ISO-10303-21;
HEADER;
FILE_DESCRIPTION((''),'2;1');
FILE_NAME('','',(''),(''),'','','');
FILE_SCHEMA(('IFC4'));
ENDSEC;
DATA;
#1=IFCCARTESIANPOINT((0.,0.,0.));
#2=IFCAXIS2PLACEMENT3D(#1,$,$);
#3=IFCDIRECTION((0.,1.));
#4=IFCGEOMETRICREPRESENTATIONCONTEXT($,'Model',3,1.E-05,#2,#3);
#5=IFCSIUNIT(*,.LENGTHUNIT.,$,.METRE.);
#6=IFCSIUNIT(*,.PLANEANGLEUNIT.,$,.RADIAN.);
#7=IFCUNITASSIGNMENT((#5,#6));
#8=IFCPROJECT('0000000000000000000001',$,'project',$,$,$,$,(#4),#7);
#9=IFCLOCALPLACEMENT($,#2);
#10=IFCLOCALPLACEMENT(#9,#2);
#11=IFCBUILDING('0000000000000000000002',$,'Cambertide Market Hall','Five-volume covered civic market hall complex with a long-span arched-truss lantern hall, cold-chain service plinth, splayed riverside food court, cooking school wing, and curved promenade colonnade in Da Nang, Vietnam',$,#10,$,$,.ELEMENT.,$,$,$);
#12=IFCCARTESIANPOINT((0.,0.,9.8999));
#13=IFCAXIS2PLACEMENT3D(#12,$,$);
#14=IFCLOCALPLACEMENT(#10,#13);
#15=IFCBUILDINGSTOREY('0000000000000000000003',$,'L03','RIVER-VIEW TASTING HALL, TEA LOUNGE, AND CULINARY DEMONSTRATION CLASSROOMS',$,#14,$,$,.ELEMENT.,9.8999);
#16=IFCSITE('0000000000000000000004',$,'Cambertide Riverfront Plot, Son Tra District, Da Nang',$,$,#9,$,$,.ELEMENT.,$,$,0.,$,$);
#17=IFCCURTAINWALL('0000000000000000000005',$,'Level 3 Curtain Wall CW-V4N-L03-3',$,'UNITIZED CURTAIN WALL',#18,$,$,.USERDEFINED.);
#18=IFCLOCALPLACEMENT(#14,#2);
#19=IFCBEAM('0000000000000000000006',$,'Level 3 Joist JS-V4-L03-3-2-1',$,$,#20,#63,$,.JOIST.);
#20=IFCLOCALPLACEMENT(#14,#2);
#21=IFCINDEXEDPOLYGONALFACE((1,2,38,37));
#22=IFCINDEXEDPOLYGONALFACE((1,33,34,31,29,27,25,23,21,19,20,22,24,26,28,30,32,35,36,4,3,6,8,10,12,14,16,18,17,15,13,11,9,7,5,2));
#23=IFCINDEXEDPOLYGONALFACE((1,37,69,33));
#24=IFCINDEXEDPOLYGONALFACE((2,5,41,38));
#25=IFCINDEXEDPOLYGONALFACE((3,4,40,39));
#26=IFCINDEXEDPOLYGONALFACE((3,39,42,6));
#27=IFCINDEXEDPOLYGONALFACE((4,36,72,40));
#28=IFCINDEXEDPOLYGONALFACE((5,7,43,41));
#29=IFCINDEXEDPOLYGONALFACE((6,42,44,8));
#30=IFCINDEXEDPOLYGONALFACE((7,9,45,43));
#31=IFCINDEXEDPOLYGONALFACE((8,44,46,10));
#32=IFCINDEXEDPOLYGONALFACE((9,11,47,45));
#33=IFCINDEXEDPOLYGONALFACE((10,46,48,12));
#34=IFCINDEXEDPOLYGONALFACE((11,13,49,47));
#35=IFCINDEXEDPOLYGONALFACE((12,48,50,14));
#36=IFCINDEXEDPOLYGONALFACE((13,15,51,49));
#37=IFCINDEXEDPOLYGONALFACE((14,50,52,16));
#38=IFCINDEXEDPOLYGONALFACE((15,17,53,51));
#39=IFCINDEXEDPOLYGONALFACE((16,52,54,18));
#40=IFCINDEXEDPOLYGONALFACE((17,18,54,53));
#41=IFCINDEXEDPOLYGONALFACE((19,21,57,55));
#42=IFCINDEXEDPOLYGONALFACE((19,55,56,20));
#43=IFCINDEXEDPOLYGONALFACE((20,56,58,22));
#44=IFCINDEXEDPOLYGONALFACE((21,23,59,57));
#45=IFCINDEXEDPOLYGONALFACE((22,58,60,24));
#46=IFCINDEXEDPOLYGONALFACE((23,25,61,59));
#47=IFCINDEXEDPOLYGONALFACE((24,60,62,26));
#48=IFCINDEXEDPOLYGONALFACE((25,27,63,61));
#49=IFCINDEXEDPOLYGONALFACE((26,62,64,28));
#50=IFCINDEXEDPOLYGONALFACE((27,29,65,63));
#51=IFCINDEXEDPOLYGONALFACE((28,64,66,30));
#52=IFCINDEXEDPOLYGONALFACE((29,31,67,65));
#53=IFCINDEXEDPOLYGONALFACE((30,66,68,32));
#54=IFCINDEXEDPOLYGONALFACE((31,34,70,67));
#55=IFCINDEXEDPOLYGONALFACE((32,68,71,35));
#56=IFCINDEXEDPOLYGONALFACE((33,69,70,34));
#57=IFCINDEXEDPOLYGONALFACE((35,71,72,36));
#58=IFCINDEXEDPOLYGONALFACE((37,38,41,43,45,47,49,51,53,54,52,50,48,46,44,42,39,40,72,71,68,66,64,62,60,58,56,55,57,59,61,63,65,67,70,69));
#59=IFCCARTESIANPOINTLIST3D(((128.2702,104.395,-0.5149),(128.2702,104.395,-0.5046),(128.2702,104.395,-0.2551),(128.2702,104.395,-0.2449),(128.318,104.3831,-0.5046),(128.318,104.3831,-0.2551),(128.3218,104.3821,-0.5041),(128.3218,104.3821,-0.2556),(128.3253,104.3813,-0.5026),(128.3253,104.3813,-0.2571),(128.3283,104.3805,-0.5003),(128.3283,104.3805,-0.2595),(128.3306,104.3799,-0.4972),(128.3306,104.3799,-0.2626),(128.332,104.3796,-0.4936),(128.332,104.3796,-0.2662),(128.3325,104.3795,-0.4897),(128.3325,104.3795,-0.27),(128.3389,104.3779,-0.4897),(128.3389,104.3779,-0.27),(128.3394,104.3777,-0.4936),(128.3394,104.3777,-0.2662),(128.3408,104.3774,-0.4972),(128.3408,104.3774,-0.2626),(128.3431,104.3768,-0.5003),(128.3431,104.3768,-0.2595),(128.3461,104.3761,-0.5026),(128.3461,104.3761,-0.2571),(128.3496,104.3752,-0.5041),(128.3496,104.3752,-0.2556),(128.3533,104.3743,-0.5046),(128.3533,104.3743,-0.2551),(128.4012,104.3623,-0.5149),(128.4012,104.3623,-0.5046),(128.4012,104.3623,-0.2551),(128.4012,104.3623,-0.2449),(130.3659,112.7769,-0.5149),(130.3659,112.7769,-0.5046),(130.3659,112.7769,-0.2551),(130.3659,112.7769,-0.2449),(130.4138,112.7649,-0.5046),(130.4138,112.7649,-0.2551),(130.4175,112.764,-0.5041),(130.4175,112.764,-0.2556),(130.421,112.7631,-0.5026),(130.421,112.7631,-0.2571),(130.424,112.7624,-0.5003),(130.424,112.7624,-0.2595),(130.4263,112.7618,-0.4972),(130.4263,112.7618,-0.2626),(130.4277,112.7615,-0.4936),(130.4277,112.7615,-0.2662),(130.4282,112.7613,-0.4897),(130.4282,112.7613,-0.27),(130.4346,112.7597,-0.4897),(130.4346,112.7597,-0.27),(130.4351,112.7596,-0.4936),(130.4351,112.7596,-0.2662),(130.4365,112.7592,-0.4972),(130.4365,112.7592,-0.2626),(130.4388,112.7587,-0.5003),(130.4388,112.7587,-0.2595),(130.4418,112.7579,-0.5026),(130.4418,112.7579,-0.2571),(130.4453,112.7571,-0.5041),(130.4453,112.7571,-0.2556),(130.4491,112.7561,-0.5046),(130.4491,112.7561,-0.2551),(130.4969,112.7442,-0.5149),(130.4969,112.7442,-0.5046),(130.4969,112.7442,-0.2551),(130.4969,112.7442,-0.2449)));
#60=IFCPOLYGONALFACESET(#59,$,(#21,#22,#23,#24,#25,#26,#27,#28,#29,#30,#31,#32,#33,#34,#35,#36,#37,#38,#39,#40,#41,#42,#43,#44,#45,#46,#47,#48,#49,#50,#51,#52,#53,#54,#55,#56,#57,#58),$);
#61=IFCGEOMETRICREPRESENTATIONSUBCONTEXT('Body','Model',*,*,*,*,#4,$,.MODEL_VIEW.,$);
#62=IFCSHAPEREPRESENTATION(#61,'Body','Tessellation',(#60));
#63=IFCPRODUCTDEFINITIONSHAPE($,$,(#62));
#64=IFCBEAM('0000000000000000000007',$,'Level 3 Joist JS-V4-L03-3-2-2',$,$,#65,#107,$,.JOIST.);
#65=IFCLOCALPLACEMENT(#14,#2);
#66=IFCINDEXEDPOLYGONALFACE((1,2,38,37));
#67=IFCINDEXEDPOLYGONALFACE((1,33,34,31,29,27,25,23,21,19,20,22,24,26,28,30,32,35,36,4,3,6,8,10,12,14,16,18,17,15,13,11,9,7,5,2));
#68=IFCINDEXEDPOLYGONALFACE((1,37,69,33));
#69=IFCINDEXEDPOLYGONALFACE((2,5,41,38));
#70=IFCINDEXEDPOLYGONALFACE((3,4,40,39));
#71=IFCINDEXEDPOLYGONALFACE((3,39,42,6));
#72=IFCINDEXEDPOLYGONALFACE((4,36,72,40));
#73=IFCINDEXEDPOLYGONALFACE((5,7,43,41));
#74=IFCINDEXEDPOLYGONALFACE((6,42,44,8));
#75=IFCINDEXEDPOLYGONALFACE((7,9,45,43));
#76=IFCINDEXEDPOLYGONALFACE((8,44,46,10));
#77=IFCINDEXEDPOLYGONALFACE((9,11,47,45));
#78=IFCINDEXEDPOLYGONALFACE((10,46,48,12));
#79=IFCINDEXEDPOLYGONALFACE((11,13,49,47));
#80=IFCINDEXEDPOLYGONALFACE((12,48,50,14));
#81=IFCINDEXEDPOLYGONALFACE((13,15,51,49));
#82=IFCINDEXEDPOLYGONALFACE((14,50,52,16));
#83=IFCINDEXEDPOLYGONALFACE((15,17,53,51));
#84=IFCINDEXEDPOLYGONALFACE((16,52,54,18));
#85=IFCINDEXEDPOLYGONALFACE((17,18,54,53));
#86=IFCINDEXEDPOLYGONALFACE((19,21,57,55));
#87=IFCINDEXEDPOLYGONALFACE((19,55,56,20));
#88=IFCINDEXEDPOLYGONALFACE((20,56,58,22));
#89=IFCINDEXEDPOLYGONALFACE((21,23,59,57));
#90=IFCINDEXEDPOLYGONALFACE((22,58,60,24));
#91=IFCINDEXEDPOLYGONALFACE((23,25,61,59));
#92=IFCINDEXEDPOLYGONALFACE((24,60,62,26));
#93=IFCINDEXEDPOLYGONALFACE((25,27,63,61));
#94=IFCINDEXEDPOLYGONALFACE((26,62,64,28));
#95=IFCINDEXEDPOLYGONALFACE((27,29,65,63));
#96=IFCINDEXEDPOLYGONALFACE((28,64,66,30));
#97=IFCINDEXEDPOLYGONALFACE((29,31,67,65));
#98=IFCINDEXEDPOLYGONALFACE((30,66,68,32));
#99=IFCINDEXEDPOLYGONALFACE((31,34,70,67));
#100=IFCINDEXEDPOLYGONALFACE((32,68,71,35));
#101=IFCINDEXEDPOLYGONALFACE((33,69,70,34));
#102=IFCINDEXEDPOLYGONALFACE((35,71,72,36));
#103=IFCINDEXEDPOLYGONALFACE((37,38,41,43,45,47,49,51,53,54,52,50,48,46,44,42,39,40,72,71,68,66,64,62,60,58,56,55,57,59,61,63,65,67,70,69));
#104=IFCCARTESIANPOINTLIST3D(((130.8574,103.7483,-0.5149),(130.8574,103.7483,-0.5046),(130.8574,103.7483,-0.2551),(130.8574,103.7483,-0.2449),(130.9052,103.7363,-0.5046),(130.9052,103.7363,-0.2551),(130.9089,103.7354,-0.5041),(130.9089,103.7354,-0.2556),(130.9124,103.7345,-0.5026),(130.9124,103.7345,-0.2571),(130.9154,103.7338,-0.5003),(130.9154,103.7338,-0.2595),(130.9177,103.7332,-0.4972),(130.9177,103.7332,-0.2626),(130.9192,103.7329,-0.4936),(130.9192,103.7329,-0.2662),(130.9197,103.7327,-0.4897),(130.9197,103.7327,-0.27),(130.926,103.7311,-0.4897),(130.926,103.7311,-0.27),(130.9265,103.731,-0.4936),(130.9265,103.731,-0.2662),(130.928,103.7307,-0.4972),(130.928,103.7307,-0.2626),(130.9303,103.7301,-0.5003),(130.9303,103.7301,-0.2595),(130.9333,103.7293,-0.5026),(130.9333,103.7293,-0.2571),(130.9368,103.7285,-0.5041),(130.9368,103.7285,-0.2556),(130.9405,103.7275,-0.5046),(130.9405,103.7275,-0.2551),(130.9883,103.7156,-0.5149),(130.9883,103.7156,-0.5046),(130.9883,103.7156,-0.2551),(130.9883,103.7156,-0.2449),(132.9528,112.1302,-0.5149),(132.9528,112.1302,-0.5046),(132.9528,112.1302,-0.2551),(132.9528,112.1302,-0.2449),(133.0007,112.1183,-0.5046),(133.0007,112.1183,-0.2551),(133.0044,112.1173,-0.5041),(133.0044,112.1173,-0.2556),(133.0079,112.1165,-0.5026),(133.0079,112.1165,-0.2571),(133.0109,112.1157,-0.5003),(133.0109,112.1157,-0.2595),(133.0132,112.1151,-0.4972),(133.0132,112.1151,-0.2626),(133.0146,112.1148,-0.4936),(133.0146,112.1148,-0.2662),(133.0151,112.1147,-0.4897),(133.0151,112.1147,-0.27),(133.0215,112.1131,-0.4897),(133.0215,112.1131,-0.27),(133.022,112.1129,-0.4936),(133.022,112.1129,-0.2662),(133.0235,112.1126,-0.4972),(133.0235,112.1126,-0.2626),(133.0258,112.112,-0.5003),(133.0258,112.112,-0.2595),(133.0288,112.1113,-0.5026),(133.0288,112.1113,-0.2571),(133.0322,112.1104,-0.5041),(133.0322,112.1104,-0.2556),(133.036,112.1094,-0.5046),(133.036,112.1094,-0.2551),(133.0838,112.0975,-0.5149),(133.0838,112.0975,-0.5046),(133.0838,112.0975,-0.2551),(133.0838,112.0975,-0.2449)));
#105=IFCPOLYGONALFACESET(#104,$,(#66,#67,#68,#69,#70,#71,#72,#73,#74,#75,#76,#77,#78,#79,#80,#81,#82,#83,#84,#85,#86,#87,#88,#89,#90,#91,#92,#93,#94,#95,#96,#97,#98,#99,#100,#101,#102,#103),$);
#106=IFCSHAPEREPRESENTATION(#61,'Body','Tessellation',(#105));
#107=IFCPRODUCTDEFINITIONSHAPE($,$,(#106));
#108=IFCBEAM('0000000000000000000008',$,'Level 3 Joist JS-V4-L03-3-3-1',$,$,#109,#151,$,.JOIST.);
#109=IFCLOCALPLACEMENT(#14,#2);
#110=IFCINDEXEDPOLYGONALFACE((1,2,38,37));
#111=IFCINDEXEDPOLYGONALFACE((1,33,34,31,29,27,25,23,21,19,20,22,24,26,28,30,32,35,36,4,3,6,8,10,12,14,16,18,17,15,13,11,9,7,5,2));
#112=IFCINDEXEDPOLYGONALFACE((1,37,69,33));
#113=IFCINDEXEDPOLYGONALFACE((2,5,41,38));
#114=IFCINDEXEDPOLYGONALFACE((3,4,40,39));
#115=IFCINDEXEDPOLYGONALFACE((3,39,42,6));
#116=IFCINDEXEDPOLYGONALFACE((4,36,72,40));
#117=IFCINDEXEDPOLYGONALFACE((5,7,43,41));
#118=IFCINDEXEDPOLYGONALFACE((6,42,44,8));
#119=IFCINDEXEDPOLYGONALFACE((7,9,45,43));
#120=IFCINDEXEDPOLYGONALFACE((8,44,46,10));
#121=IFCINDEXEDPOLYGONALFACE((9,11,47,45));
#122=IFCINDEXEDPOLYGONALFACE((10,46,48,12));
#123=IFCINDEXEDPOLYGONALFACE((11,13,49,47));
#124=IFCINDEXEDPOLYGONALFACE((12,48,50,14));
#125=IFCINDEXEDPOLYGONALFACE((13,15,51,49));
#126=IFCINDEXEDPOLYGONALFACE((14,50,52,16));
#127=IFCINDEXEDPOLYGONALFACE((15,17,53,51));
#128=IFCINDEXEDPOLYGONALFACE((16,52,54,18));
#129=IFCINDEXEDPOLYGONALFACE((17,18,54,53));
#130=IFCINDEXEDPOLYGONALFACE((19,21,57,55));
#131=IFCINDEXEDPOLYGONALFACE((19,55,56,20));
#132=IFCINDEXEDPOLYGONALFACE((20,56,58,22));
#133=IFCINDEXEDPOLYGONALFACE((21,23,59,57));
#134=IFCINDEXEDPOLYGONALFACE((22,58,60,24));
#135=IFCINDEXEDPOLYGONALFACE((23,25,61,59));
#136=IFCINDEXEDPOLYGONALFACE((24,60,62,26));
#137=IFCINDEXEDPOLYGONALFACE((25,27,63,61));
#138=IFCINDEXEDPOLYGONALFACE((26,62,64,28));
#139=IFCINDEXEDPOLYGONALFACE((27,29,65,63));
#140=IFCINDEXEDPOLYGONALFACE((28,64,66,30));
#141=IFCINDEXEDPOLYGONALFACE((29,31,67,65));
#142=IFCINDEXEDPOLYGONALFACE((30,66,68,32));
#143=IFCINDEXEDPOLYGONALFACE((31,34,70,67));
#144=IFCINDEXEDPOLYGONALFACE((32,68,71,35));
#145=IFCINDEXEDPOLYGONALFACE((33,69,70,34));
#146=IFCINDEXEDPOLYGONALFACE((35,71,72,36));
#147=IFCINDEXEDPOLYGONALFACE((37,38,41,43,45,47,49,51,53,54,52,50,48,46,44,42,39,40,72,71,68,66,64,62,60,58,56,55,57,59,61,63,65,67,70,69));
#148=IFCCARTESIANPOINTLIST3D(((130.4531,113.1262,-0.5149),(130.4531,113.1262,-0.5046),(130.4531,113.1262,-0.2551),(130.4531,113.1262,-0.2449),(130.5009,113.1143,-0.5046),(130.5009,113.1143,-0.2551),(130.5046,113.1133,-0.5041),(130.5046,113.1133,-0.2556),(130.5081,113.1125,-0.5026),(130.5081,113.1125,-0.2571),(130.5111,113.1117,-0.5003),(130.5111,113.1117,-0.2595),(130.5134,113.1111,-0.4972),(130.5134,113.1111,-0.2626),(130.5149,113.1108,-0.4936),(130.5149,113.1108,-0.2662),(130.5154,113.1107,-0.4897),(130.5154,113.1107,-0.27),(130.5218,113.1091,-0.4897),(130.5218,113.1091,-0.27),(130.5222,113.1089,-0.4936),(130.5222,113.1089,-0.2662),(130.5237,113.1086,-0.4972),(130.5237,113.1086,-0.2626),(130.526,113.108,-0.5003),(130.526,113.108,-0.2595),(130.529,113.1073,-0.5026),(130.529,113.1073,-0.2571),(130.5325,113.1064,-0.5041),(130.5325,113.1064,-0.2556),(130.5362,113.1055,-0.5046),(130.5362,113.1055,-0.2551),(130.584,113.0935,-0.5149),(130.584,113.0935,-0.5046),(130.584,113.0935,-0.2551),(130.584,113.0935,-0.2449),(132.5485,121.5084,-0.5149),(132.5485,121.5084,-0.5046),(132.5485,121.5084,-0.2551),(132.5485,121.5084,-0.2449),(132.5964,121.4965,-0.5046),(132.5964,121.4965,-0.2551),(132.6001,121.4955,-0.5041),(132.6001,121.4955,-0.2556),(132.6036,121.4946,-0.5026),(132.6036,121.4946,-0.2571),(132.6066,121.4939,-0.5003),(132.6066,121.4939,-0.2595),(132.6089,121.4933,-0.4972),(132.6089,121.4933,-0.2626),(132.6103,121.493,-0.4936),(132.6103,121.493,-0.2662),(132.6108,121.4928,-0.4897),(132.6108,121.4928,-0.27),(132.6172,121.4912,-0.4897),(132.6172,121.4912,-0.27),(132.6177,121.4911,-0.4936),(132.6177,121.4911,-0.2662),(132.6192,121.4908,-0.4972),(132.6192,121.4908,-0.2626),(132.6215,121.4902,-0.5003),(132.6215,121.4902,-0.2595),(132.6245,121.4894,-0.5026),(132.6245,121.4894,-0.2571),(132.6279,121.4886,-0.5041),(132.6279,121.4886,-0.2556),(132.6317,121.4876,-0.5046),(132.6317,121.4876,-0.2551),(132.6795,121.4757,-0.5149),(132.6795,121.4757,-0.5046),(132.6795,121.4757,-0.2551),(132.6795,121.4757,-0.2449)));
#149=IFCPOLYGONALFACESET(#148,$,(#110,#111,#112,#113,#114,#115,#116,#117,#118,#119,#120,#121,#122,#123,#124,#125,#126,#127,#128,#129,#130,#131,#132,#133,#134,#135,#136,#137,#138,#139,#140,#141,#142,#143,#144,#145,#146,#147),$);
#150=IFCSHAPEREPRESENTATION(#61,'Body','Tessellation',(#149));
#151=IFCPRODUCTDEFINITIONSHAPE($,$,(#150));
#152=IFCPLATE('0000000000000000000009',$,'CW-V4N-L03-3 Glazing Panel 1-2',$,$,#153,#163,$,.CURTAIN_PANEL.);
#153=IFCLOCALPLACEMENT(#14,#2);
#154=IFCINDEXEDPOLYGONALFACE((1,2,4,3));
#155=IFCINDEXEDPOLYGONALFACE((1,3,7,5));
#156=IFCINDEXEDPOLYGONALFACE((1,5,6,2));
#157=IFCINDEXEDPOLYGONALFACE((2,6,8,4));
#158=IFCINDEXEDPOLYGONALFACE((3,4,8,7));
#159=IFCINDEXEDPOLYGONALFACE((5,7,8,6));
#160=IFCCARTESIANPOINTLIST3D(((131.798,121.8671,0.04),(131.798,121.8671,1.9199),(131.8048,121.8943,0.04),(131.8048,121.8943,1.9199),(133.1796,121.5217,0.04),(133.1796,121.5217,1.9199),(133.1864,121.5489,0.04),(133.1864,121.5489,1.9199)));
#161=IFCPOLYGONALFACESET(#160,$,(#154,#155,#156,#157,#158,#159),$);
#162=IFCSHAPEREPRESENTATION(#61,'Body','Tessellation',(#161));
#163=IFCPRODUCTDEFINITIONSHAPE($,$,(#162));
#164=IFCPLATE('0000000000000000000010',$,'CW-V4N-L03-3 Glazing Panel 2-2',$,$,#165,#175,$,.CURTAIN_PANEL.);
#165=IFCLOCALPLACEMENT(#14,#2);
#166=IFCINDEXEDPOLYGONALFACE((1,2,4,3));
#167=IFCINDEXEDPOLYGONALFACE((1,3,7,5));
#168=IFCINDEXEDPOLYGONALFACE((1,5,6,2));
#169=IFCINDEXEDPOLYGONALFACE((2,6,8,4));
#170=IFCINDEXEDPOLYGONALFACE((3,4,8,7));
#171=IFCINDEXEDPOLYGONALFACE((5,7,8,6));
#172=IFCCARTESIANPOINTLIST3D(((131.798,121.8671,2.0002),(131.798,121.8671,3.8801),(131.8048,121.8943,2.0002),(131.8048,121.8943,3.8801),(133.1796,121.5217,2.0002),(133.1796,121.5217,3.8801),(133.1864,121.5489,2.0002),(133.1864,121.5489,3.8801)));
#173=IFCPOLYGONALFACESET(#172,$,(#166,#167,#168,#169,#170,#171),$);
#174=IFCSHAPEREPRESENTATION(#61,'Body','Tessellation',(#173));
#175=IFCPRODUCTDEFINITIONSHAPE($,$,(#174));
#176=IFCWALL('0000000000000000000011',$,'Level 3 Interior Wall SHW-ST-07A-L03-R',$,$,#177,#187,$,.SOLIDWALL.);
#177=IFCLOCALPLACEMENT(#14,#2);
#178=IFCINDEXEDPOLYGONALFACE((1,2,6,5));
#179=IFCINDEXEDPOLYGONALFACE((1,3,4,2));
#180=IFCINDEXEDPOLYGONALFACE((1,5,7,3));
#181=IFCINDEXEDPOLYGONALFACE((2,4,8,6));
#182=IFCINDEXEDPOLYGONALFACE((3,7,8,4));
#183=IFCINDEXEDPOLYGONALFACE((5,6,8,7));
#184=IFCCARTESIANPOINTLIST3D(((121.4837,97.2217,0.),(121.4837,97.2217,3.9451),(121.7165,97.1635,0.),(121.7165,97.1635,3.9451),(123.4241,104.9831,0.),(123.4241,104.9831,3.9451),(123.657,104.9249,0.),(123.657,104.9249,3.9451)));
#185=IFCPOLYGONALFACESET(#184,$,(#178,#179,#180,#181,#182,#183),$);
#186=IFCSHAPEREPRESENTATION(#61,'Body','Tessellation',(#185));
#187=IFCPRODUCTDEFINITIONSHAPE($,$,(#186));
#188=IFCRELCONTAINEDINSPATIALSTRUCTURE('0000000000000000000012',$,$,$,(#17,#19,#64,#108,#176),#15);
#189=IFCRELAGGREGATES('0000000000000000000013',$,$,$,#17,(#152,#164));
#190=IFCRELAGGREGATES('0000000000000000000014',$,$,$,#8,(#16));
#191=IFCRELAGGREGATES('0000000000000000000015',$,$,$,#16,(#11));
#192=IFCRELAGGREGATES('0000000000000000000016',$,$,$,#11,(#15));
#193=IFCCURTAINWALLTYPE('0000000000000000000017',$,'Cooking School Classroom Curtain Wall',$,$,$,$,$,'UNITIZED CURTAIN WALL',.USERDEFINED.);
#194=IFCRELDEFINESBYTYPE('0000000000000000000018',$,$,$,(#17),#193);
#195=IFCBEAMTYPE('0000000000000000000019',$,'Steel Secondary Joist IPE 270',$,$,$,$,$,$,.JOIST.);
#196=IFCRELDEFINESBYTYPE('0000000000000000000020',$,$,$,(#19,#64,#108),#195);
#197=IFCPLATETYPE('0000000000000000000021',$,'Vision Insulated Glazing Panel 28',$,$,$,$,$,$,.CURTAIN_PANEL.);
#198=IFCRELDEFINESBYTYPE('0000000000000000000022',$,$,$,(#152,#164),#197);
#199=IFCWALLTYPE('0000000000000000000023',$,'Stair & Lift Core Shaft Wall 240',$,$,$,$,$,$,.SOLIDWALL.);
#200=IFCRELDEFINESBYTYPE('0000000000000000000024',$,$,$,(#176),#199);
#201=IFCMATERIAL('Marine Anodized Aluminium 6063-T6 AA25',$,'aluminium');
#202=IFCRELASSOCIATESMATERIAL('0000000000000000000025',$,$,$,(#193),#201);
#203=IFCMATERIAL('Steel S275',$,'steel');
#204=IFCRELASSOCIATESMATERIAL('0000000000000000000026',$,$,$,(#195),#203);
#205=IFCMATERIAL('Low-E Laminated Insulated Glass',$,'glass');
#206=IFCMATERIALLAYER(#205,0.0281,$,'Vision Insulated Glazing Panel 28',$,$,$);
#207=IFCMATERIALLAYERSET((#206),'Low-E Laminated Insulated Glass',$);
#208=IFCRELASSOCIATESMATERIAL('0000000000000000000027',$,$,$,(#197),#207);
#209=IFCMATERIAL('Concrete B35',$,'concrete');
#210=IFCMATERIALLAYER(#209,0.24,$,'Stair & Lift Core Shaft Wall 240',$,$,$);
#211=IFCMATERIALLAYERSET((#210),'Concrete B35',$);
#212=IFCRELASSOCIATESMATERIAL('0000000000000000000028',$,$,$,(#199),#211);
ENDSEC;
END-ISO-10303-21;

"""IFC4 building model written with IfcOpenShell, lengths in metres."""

from ifc_helpers import new_model, si_unit, direction, frame, frame_2d, origin, origin_2d, place, context, subcontext, project, spatial, rectangle, i_section, extrude, material, layer, layer_set, material_profile, profile_set, type_object, element, aggregate, save


model = new_model("IFC4")

# Units and contexts
model_context = context("Model", 3, precision=1e-05, world=origin(), true_north=direction((0.0, 1.0)))
body_context = subcontext(model_context, "Body", "Model", "MODEL_VIEW")
ifc_project = project(units=[si_unit("LENGTHUNIT", "METRE"), si_unit("PLANEANGLEUNIT", "RADIAN")], contexts=[model_context])

# Site, building, storey
site_placement = place(None, origin())
site = spatial("IfcSite", under=ifc_project, at=site_placement, Name="Cambertide Riverfront Plot, Son Tra District, Da Nang", CompositionType="ELEMENT", RefElevation=0.0)
building_placement = place(site_placement, origin())
building = spatial("IfcBuilding", under=site, at=building_placement, Name="Cambertide Market Hall", Description="Five-volume covered civic market hall complex with a long-span arched-truss lantern hall, cold-chain service plinth, splayed riverside food court, cooking school wing, and curved promenade colonnade in Da Nang, Vietnam", CompositionType="ELEMENT")
storey_placement = place(building_placement, frame((0.0, 0.0, 9.8999)))
storey = spatial("IfcBuildingStorey", under=building, at=storey_placement, Name="L03", Description="RIVER-VIEW TASTING HALL, TEA LOUNGE, AND CULINARY DEMONSTRATION CLASSROOMS", CompositionType="ELEMENT", Elevation=9.8999)

# Curtain wall
ifc_material_1 = material(Name="Marine Anodized Aluminium 6063-T6 AA25", Category="aluminium")
curtain_wall_type = type_object("IfcCurtainWallType", Name="Cooking School Classroom Curtain Wall", ElementType="UNITIZED CURTAIN WALL", PredefinedType="USERDEFINED", material=ifc_material_1)
curtain_wall_placement = place(storey_placement, origin())
curtain_wall = element("IfcCurtainWall", 1, at=curtain_wall_placement, inside=storey, type_object=curtain_wall_type, Name="Level 3 Curtain Wall CW-V4N-L03-3", ObjectType="UNITIZED CURTAIN WALL", PredefinedType="USERDEFINED")

# Beams
ifc_material_2 = material(Name="Steel S275", Category="steel")
ifc_material_profile_1 = material_profile(ifc_material_2, i_section(OverallWidth=0.135, OverallDepth=0.27, WebThickness=0.0066, FlangeThickness=0.0103, FilletRadius=0.0149, at=origin_2d()), Name="IPE 270")
ifc_profile_set_1 = profile_set([ifc_material_profile_1], Name="Steel S275")
beam_type_1 = type_object("IfcBeamType", Name="Steel Secondary Joist IPE 270", PredefinedType="JOIST", material=ifc_profile_set_1)
for number, where, z_axis, x_axis, name in (
    (2, (128.3357, 104.3787, -0.3799), (0.242562, 0.970136, 0.0), (-0.970136, 0.242562, 0.0), "Level 3 Joist JS-V4-L03-3-2-1"),
    (3, (130.9229, 103.7319, -0.3799), (0.242536, 0.970143, 0.0), (-0.970143, 0.242536, 0.0), "Level 3 Joist JS-V4-L03-3-2-2"),
):
    element("IfcBeam", number, at=place(storey_placement, frame(where, z_axis=z_axis, x_axis=x_axis)), inside=storey, type_object=beam_type_1, Name=name, PredefinedType="JOIST", context=body_context, shape_type="SweptSolid", body=[
        extrude(i_section(OverallWidth=0.135, OverallDepth=0.27, WebThickness=0.0066, FlangeThickness=0.0103, FilletRadius=0.0149, at=origin_2d()), origin(), (0.0, 0.0, 1.0), 8.6399),
    ])
beam_placement = place(storey_placement, frame((130.5186, 113.1099, -0.3799), z_axis=(0.242529, 0.970144, 0.0), x_axis=(-0.970144, 0.242529, 0.0)))
element("IfcBeam", 4, at=beam_placement, inside=storey, type_object=beam_type_1, Name="Level 3 Joist JS-V4-L03-3-3-1", PredefinedType="JOIST", context=body_context, shape_type="SweptSolid", body=[
    extrude(i_section(OverallWidth=0.135, OverallDepth=0.27, WebThickness=0.0066, FlangeThickness=0.0103, FilletRadius=0.0149, at=origin_2d()), origin(), (0.0, 0.0, 1.0), 8.6401),
])

# Plates
ifc_material_3 = material(Name="Low-E Laminated Insulated Glass", Category="glass")
ifc_layer_1 = layer(ifc_material_3, 0.0281, Name="Vision Insulated Glazing Panel 28")
ifc_layer_set_1 = layer_set([ifc_layer_1], Name="Low-E Laminated Insulated Glass")
plate_type = type_object("IfcPlateType", Name="Vision Insulated Glazing Panel 28", PredefinedType="CURTAIN_PANEL", material=ifc_layer_set_1)
plate_1_placement = place(storey_placement, frame((132.4922, 121.708, 0.04), z_axis=(0.0, 0.0, 1.0), x_axis=(0.970143, -0.242536, 0.0)))
plate_1 = element("IfcPlate", 5, at=plate_1_placement, type_object=plate_type, Name="CW-V4N-L03-3 Glazing Panel 1-2", PredefinedType="CURTAIN_PANEL", context=body_context, shape_type="SweptSolid", body=[
    extrude(rectangle(XDim=1.4241, YDim=0.0281, at=origin_2d()), origin(), (0.0, 0.0, 1.0), 1.8799),
])
plate_2_placement = place(storey_placement, frame((132.4922, 121.708, 2.0002), z_axis=(0.0, 0.0, 1.0), x_axis=(0.970143, -0.242536, 0.0)))
plate_2 = element("IfcPlate", 6, at=plate_2_placement, type_object=plate_type, Name="CW-V4N-L03-3 Glazing Panel 2-2", PredefinedType="CURTAIN_PANEL", context=body_context, shape_type="SweptSolid", body=[
    extrude(rectangle(XDim=1.4241, YDim=0.0281, at=origin_2d()), origin(), (0.0, 0.0, 1.0), 1.8799),
])
aggregate(curtain_wall, [plate_1, plate_2])

# Wall
ifc_material_4 = material(Name="Concrete B35", Category="concrete")
ifc_layer_2 = layer(ifc_material_4, 0.24, Name="Stair & Lift Core Shaft Wall 240")
ifc_layer_set_2 = layer_set([ifc_layer_2], Name="Concrete B35")
wall_type = type_object("IfcWallType", Name="Stair & Lift Core Shaft Wall 240", PredefinedType="SOLIDWALL", material=ifc_layer_set_2)
wall_placement = place(storey_placement, frame((123.5405, 104.9539, 0.0), z_axis=(0.0, 0.0, 1.0), x_axis=(-0.24255, -0.970139, 0.0)))
element("IfcWall", 7, at=wall_placement, inside=storey, type_object=wall_type, Name="Level 3 Interior Wall SHW-ST-07A-L03-R", PredefinedType="SOLIDWALL", context=body_context, shape_type="SweptSolid", body=[
    extrude(rectangle(XDim=8.0002, YDim=0.24, at=frame_2d((4.0, 0.0))), origin(), (0.0, 0.0, 1.0), 3.9451),
])

save(model, "model.ifc")
